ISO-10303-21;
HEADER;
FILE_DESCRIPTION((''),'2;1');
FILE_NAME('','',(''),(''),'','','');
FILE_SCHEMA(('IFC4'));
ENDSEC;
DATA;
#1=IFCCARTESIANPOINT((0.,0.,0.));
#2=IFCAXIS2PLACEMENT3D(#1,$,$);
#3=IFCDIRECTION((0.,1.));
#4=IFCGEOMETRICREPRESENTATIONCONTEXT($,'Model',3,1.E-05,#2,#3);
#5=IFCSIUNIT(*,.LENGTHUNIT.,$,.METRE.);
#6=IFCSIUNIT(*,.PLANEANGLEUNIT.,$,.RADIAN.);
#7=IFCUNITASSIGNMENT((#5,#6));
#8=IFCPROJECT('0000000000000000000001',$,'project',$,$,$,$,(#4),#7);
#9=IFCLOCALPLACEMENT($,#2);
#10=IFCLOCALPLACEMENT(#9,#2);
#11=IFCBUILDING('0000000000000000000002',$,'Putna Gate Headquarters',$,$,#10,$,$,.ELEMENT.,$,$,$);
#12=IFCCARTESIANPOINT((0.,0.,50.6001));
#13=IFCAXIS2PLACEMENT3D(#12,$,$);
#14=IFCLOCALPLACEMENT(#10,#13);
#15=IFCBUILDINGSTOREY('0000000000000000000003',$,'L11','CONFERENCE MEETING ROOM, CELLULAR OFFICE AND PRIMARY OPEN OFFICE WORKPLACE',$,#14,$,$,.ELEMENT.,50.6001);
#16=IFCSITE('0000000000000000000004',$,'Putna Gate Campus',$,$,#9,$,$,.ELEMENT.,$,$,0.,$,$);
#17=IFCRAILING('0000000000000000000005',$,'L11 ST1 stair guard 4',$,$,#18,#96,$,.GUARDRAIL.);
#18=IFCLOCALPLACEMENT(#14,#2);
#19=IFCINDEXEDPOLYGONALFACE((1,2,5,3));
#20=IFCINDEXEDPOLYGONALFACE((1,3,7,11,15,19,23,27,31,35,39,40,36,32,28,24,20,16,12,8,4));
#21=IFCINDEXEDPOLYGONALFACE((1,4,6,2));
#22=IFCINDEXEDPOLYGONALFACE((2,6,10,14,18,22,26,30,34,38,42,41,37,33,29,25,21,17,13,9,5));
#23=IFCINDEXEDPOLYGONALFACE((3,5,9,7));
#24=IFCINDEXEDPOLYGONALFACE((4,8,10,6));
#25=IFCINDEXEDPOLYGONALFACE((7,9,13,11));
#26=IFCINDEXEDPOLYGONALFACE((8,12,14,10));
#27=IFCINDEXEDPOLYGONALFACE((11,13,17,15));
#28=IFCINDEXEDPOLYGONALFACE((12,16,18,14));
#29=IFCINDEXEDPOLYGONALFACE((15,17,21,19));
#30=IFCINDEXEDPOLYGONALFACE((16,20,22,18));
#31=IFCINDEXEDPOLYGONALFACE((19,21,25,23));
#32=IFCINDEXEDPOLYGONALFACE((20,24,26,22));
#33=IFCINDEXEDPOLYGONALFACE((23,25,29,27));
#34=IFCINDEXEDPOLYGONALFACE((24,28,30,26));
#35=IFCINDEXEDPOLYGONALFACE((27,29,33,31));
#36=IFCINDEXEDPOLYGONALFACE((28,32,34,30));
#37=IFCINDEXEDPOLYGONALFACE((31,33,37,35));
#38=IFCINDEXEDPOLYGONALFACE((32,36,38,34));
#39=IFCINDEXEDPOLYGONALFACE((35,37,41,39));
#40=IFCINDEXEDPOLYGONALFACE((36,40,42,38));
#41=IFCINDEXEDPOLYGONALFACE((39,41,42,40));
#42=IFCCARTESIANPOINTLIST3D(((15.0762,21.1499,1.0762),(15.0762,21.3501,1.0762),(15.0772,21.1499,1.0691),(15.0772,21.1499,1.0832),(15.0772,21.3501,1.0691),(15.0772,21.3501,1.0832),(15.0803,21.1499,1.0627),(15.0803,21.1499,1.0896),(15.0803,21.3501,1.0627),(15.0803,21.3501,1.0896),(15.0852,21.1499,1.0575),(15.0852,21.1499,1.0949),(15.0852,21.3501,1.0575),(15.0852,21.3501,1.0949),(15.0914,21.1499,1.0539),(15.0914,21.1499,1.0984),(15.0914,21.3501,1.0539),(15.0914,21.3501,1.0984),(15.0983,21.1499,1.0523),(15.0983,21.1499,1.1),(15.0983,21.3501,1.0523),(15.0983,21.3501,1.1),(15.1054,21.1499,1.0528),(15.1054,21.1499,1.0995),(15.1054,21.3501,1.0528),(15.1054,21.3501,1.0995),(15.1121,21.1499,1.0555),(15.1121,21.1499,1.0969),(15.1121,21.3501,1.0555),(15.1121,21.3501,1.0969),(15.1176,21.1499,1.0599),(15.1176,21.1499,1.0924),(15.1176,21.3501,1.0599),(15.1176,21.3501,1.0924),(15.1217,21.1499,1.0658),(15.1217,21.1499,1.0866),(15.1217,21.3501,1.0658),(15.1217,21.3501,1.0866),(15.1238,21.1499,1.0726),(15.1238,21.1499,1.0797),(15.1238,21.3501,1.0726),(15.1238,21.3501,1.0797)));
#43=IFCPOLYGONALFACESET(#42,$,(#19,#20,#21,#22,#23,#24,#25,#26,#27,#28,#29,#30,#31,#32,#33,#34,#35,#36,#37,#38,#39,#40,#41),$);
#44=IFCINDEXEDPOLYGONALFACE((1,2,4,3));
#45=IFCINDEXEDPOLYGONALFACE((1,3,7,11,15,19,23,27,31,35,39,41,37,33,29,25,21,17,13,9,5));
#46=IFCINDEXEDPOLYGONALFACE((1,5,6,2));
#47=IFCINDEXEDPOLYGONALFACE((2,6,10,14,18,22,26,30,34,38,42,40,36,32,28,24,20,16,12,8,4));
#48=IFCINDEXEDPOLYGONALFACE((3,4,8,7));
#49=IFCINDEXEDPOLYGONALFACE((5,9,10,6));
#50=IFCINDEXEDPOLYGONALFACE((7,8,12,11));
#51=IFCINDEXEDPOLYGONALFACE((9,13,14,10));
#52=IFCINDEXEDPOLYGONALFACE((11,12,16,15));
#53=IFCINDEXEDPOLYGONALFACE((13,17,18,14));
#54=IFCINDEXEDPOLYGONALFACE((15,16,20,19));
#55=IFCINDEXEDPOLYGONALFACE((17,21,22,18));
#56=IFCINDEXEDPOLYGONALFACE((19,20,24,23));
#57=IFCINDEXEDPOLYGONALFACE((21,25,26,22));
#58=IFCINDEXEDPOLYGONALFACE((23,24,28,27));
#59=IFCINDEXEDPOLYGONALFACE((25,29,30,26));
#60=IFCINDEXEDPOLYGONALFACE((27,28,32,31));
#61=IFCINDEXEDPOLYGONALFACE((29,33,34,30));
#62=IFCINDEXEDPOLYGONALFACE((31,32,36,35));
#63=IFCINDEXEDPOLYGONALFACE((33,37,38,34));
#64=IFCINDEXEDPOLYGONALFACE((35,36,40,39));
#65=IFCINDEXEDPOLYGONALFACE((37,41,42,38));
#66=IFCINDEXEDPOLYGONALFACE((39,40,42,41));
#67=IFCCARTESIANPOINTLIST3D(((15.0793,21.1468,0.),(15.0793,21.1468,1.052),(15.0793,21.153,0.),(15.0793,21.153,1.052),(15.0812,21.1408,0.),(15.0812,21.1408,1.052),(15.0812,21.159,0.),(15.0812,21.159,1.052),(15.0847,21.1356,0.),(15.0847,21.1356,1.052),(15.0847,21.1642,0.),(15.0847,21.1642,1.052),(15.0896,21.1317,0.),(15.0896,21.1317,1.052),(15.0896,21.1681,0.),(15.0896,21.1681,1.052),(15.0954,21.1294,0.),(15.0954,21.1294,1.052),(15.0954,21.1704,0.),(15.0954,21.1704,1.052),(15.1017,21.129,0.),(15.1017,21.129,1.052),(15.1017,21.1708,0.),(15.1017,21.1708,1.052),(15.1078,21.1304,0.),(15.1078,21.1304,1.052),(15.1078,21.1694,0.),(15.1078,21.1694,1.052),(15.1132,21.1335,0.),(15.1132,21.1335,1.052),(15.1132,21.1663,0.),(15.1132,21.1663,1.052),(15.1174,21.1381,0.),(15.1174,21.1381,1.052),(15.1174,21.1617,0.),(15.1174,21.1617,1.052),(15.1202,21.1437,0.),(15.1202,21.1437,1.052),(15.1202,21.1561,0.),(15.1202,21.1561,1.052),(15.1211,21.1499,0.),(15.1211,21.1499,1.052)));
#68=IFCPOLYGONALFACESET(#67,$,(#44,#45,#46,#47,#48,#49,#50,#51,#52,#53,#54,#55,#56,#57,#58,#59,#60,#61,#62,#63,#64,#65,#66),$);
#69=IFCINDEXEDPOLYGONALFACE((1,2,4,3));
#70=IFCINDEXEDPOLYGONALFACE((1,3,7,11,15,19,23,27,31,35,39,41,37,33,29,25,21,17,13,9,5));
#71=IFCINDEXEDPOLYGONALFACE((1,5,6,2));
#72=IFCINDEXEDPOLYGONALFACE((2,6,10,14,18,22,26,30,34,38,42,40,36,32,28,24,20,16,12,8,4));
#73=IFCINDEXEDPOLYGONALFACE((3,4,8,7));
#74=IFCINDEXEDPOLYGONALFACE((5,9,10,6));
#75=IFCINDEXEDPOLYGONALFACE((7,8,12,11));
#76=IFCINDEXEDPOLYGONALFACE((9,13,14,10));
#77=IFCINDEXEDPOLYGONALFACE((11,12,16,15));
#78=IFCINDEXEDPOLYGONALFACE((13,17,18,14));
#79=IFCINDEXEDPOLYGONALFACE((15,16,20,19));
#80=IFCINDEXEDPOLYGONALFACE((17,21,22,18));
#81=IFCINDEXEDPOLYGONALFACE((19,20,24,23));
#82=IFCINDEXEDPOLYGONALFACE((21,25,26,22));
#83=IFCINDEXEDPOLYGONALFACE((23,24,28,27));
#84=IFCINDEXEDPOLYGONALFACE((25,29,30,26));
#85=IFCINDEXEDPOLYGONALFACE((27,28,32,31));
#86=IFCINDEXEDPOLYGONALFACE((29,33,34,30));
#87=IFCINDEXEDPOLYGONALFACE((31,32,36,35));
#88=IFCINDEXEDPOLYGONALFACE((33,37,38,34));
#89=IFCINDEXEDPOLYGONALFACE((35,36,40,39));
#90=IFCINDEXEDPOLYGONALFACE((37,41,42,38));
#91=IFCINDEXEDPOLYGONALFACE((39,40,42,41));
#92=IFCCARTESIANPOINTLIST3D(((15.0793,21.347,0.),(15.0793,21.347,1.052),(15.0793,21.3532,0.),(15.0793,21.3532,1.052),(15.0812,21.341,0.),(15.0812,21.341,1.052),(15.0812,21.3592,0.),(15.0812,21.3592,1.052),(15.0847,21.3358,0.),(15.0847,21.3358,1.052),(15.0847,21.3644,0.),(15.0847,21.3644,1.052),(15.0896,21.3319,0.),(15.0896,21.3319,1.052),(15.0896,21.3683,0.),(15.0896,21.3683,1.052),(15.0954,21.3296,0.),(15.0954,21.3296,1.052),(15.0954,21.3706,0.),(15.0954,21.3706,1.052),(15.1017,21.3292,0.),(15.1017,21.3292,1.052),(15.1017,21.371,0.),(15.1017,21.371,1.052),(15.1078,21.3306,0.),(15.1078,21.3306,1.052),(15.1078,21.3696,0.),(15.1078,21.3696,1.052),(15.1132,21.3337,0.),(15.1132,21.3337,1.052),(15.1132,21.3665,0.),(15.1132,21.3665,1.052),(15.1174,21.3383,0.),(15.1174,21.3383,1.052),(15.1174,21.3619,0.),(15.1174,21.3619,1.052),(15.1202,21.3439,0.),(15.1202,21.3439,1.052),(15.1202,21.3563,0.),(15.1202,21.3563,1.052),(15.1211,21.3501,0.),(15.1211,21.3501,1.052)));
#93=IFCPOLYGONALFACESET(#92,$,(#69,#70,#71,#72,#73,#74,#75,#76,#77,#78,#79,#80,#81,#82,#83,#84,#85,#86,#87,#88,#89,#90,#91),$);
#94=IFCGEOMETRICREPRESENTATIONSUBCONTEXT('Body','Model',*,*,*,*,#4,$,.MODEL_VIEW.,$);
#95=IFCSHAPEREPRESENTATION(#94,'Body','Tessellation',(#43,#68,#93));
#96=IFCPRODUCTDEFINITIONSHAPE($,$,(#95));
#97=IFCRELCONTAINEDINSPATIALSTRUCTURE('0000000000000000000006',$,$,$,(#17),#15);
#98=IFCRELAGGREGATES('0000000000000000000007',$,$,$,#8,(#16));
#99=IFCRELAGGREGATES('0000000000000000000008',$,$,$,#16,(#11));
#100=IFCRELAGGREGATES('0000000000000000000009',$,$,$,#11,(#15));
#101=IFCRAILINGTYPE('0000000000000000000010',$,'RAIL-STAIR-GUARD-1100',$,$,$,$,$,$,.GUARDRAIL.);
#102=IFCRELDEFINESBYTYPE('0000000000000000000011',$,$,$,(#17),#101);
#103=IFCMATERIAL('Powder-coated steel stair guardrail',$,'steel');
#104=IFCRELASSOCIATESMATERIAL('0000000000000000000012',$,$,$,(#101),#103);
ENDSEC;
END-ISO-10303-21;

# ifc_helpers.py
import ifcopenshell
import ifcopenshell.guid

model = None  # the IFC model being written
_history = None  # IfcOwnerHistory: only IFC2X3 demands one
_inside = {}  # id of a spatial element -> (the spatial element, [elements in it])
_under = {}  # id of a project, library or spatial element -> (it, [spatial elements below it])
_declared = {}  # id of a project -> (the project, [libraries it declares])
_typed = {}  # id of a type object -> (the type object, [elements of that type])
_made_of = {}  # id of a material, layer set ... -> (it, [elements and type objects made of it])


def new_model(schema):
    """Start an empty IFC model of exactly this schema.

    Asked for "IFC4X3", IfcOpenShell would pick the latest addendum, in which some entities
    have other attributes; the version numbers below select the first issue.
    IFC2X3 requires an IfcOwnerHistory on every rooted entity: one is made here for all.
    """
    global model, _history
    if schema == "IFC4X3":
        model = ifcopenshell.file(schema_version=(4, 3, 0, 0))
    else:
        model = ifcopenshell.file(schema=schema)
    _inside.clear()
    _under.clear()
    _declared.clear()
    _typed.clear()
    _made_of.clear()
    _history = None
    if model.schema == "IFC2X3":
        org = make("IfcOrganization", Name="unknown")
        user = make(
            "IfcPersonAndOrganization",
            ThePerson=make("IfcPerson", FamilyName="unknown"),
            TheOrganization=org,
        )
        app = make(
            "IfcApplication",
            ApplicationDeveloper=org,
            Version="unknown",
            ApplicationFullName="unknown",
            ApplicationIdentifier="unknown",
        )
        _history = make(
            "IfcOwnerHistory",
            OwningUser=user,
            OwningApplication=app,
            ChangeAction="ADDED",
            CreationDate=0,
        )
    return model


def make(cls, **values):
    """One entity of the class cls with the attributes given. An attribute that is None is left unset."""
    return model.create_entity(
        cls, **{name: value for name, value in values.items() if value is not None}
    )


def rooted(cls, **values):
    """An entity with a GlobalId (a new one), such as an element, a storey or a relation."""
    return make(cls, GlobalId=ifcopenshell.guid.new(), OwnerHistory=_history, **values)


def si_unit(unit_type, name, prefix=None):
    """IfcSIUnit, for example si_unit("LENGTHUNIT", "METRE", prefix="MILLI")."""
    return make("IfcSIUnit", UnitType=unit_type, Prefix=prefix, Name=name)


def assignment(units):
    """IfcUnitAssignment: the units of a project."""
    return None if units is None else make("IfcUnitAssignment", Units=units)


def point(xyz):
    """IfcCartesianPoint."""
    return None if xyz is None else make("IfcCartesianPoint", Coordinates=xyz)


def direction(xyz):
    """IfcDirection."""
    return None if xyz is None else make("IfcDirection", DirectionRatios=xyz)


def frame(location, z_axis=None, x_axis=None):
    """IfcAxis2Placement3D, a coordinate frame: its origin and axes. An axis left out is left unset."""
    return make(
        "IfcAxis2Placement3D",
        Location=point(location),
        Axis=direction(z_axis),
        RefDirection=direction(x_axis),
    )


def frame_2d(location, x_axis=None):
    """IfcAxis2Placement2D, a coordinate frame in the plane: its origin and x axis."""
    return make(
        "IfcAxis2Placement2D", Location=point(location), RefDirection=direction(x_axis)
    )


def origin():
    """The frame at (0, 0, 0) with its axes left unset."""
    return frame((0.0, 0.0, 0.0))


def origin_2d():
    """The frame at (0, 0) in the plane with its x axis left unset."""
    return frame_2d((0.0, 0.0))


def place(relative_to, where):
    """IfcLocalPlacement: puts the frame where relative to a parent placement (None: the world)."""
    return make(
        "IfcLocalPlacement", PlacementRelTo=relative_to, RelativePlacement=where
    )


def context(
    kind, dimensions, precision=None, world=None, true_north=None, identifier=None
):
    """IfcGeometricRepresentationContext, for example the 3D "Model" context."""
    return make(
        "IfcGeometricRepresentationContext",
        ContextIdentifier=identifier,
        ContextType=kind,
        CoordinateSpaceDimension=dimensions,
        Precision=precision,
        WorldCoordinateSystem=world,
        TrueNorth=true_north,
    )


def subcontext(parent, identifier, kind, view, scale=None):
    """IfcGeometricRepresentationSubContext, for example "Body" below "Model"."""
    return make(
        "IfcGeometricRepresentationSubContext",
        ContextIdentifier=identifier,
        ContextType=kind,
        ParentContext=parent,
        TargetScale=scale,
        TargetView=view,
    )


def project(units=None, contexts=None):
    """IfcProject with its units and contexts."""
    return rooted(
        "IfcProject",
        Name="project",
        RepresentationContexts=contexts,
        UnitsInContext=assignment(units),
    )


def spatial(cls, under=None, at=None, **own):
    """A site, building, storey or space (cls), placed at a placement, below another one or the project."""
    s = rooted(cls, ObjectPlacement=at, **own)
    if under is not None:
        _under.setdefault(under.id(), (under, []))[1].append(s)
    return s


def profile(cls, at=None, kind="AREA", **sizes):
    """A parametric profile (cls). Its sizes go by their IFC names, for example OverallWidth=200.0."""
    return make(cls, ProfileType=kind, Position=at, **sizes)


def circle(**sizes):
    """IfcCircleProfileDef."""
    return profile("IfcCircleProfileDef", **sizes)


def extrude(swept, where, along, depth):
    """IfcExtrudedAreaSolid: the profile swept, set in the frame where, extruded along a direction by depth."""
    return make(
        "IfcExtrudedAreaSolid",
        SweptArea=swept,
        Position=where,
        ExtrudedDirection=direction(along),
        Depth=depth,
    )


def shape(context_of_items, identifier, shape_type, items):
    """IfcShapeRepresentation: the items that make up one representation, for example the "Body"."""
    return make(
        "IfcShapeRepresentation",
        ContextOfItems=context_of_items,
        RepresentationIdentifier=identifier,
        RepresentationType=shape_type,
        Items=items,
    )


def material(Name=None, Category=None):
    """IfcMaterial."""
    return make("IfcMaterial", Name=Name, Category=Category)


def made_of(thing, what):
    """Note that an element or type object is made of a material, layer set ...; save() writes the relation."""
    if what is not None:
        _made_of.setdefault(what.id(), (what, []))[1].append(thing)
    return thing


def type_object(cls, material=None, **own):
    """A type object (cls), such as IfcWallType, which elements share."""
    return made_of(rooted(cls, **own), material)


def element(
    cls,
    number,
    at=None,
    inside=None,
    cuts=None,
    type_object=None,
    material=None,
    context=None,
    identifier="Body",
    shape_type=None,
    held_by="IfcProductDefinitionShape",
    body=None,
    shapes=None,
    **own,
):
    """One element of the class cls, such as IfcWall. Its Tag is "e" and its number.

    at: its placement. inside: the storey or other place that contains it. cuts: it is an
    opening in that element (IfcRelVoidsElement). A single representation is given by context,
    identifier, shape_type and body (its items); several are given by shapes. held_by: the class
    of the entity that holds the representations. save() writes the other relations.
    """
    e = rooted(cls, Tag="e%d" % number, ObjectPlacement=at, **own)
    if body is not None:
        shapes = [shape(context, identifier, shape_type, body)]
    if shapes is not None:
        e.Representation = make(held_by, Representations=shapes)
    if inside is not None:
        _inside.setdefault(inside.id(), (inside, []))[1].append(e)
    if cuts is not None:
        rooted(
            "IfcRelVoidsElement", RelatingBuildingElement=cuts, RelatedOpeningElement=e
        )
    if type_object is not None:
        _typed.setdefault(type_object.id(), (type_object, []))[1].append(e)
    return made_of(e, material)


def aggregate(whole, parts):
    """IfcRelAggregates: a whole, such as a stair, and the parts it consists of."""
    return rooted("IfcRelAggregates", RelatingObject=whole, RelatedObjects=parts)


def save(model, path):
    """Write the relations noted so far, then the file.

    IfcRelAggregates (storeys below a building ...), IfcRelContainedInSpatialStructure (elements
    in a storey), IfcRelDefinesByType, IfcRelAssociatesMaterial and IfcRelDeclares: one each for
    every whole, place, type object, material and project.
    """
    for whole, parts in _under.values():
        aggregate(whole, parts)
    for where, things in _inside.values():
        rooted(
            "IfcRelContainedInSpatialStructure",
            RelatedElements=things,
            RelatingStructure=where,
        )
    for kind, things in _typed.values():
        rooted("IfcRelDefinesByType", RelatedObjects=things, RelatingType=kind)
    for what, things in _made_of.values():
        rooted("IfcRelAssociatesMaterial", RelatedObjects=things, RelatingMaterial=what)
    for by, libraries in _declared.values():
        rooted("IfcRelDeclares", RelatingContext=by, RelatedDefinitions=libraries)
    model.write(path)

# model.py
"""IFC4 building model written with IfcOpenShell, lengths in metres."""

from ifc_helpers import new_model, si_unit, direction, frame, origin, origin_2d, place, context, subcontext, project, spatial, circle, extrude, material, type_object, element, save


model = new_model("IFC4")

# Units and contexts
model_context = context("Model", 3, precision=1e-05, world=origin(), true_north=direction((0.0, 1.0)))
body_context = subcontext(model_context, "Body", "Model", "MODEL_VIEW")
ifc_project = project(units=[si_unit("LENGTHUNIT", "METRE"), si_unit("PLANEANGLEUNIT", "RADIAN")], contexts=[model_context])

# Site, building, storey
site_placement = place(None, origin())
site = spatial("IfcSite", under=ifc_project, at=site_placement, Name="Putna Gate Campus", CompositionType="ELEMENT", RefElevation=0.0)
building_placement = place(site_placement, origin())
building = spatial("IfcBuilding", under=site, at=building_placement, Name="Putna Gate Headquarters", CompositionType="ELEMENT")
storey_placement = place(building_placement, frame((0.0, 0.0, 50.6001)))
storey = spatial("IfcBuildingStorey", under=building, at=storey_placement, Name="L11", Description="CONFERENCE MEETING ROOM, CELLULAR OFFICE AND PRIMARY OPEN OFFICE WORKPLACE", CompositionType="ELEMENT", Elevation=50.6001)

# Railing
ifc_material_1 = material(Name="Powder-coated steel stair guardrail", Category="steel")
railing_type_1 = type_object("IfcRailingType", Name="RAIL-STAIR-GUARD-1100", PredefinedType="GUARDRAIL", material=ifc_material_1)
railing_1_placement = place(storey_placement, frame((15.1001, 21.1499, 0.0)))
element("IfcRailing", 1, at=railing_1_placement, inside=storey, type_object=railing_type_1, Name="L11 ST1 stair guard 4", PredefinedType="GUARDRAIL", context=body_context, shape_type="SweptSolid", body=[
    extrude(circle(Radius=0.0239, at=origin_2d()), frame((0.0, 0.0, 1.0762), z_axis=(0.0, 1.0, 0.0), x_axis=(-1.0, 0.0, 0.0)), (0.0, 0.0, 1.0), 0.2002),
    extrude(circle(Radius=0.021, at=origin_2d()), origin(), (0.0, 0.0, 1.0), 1.052),
    extrude(circle(Radius=0.021, at=origin_2d()), frame((0.0, 0.2002, 0.0)), (0.0, 0.0, 1.0), 1.052),
])

save(model, "model.ifc")
